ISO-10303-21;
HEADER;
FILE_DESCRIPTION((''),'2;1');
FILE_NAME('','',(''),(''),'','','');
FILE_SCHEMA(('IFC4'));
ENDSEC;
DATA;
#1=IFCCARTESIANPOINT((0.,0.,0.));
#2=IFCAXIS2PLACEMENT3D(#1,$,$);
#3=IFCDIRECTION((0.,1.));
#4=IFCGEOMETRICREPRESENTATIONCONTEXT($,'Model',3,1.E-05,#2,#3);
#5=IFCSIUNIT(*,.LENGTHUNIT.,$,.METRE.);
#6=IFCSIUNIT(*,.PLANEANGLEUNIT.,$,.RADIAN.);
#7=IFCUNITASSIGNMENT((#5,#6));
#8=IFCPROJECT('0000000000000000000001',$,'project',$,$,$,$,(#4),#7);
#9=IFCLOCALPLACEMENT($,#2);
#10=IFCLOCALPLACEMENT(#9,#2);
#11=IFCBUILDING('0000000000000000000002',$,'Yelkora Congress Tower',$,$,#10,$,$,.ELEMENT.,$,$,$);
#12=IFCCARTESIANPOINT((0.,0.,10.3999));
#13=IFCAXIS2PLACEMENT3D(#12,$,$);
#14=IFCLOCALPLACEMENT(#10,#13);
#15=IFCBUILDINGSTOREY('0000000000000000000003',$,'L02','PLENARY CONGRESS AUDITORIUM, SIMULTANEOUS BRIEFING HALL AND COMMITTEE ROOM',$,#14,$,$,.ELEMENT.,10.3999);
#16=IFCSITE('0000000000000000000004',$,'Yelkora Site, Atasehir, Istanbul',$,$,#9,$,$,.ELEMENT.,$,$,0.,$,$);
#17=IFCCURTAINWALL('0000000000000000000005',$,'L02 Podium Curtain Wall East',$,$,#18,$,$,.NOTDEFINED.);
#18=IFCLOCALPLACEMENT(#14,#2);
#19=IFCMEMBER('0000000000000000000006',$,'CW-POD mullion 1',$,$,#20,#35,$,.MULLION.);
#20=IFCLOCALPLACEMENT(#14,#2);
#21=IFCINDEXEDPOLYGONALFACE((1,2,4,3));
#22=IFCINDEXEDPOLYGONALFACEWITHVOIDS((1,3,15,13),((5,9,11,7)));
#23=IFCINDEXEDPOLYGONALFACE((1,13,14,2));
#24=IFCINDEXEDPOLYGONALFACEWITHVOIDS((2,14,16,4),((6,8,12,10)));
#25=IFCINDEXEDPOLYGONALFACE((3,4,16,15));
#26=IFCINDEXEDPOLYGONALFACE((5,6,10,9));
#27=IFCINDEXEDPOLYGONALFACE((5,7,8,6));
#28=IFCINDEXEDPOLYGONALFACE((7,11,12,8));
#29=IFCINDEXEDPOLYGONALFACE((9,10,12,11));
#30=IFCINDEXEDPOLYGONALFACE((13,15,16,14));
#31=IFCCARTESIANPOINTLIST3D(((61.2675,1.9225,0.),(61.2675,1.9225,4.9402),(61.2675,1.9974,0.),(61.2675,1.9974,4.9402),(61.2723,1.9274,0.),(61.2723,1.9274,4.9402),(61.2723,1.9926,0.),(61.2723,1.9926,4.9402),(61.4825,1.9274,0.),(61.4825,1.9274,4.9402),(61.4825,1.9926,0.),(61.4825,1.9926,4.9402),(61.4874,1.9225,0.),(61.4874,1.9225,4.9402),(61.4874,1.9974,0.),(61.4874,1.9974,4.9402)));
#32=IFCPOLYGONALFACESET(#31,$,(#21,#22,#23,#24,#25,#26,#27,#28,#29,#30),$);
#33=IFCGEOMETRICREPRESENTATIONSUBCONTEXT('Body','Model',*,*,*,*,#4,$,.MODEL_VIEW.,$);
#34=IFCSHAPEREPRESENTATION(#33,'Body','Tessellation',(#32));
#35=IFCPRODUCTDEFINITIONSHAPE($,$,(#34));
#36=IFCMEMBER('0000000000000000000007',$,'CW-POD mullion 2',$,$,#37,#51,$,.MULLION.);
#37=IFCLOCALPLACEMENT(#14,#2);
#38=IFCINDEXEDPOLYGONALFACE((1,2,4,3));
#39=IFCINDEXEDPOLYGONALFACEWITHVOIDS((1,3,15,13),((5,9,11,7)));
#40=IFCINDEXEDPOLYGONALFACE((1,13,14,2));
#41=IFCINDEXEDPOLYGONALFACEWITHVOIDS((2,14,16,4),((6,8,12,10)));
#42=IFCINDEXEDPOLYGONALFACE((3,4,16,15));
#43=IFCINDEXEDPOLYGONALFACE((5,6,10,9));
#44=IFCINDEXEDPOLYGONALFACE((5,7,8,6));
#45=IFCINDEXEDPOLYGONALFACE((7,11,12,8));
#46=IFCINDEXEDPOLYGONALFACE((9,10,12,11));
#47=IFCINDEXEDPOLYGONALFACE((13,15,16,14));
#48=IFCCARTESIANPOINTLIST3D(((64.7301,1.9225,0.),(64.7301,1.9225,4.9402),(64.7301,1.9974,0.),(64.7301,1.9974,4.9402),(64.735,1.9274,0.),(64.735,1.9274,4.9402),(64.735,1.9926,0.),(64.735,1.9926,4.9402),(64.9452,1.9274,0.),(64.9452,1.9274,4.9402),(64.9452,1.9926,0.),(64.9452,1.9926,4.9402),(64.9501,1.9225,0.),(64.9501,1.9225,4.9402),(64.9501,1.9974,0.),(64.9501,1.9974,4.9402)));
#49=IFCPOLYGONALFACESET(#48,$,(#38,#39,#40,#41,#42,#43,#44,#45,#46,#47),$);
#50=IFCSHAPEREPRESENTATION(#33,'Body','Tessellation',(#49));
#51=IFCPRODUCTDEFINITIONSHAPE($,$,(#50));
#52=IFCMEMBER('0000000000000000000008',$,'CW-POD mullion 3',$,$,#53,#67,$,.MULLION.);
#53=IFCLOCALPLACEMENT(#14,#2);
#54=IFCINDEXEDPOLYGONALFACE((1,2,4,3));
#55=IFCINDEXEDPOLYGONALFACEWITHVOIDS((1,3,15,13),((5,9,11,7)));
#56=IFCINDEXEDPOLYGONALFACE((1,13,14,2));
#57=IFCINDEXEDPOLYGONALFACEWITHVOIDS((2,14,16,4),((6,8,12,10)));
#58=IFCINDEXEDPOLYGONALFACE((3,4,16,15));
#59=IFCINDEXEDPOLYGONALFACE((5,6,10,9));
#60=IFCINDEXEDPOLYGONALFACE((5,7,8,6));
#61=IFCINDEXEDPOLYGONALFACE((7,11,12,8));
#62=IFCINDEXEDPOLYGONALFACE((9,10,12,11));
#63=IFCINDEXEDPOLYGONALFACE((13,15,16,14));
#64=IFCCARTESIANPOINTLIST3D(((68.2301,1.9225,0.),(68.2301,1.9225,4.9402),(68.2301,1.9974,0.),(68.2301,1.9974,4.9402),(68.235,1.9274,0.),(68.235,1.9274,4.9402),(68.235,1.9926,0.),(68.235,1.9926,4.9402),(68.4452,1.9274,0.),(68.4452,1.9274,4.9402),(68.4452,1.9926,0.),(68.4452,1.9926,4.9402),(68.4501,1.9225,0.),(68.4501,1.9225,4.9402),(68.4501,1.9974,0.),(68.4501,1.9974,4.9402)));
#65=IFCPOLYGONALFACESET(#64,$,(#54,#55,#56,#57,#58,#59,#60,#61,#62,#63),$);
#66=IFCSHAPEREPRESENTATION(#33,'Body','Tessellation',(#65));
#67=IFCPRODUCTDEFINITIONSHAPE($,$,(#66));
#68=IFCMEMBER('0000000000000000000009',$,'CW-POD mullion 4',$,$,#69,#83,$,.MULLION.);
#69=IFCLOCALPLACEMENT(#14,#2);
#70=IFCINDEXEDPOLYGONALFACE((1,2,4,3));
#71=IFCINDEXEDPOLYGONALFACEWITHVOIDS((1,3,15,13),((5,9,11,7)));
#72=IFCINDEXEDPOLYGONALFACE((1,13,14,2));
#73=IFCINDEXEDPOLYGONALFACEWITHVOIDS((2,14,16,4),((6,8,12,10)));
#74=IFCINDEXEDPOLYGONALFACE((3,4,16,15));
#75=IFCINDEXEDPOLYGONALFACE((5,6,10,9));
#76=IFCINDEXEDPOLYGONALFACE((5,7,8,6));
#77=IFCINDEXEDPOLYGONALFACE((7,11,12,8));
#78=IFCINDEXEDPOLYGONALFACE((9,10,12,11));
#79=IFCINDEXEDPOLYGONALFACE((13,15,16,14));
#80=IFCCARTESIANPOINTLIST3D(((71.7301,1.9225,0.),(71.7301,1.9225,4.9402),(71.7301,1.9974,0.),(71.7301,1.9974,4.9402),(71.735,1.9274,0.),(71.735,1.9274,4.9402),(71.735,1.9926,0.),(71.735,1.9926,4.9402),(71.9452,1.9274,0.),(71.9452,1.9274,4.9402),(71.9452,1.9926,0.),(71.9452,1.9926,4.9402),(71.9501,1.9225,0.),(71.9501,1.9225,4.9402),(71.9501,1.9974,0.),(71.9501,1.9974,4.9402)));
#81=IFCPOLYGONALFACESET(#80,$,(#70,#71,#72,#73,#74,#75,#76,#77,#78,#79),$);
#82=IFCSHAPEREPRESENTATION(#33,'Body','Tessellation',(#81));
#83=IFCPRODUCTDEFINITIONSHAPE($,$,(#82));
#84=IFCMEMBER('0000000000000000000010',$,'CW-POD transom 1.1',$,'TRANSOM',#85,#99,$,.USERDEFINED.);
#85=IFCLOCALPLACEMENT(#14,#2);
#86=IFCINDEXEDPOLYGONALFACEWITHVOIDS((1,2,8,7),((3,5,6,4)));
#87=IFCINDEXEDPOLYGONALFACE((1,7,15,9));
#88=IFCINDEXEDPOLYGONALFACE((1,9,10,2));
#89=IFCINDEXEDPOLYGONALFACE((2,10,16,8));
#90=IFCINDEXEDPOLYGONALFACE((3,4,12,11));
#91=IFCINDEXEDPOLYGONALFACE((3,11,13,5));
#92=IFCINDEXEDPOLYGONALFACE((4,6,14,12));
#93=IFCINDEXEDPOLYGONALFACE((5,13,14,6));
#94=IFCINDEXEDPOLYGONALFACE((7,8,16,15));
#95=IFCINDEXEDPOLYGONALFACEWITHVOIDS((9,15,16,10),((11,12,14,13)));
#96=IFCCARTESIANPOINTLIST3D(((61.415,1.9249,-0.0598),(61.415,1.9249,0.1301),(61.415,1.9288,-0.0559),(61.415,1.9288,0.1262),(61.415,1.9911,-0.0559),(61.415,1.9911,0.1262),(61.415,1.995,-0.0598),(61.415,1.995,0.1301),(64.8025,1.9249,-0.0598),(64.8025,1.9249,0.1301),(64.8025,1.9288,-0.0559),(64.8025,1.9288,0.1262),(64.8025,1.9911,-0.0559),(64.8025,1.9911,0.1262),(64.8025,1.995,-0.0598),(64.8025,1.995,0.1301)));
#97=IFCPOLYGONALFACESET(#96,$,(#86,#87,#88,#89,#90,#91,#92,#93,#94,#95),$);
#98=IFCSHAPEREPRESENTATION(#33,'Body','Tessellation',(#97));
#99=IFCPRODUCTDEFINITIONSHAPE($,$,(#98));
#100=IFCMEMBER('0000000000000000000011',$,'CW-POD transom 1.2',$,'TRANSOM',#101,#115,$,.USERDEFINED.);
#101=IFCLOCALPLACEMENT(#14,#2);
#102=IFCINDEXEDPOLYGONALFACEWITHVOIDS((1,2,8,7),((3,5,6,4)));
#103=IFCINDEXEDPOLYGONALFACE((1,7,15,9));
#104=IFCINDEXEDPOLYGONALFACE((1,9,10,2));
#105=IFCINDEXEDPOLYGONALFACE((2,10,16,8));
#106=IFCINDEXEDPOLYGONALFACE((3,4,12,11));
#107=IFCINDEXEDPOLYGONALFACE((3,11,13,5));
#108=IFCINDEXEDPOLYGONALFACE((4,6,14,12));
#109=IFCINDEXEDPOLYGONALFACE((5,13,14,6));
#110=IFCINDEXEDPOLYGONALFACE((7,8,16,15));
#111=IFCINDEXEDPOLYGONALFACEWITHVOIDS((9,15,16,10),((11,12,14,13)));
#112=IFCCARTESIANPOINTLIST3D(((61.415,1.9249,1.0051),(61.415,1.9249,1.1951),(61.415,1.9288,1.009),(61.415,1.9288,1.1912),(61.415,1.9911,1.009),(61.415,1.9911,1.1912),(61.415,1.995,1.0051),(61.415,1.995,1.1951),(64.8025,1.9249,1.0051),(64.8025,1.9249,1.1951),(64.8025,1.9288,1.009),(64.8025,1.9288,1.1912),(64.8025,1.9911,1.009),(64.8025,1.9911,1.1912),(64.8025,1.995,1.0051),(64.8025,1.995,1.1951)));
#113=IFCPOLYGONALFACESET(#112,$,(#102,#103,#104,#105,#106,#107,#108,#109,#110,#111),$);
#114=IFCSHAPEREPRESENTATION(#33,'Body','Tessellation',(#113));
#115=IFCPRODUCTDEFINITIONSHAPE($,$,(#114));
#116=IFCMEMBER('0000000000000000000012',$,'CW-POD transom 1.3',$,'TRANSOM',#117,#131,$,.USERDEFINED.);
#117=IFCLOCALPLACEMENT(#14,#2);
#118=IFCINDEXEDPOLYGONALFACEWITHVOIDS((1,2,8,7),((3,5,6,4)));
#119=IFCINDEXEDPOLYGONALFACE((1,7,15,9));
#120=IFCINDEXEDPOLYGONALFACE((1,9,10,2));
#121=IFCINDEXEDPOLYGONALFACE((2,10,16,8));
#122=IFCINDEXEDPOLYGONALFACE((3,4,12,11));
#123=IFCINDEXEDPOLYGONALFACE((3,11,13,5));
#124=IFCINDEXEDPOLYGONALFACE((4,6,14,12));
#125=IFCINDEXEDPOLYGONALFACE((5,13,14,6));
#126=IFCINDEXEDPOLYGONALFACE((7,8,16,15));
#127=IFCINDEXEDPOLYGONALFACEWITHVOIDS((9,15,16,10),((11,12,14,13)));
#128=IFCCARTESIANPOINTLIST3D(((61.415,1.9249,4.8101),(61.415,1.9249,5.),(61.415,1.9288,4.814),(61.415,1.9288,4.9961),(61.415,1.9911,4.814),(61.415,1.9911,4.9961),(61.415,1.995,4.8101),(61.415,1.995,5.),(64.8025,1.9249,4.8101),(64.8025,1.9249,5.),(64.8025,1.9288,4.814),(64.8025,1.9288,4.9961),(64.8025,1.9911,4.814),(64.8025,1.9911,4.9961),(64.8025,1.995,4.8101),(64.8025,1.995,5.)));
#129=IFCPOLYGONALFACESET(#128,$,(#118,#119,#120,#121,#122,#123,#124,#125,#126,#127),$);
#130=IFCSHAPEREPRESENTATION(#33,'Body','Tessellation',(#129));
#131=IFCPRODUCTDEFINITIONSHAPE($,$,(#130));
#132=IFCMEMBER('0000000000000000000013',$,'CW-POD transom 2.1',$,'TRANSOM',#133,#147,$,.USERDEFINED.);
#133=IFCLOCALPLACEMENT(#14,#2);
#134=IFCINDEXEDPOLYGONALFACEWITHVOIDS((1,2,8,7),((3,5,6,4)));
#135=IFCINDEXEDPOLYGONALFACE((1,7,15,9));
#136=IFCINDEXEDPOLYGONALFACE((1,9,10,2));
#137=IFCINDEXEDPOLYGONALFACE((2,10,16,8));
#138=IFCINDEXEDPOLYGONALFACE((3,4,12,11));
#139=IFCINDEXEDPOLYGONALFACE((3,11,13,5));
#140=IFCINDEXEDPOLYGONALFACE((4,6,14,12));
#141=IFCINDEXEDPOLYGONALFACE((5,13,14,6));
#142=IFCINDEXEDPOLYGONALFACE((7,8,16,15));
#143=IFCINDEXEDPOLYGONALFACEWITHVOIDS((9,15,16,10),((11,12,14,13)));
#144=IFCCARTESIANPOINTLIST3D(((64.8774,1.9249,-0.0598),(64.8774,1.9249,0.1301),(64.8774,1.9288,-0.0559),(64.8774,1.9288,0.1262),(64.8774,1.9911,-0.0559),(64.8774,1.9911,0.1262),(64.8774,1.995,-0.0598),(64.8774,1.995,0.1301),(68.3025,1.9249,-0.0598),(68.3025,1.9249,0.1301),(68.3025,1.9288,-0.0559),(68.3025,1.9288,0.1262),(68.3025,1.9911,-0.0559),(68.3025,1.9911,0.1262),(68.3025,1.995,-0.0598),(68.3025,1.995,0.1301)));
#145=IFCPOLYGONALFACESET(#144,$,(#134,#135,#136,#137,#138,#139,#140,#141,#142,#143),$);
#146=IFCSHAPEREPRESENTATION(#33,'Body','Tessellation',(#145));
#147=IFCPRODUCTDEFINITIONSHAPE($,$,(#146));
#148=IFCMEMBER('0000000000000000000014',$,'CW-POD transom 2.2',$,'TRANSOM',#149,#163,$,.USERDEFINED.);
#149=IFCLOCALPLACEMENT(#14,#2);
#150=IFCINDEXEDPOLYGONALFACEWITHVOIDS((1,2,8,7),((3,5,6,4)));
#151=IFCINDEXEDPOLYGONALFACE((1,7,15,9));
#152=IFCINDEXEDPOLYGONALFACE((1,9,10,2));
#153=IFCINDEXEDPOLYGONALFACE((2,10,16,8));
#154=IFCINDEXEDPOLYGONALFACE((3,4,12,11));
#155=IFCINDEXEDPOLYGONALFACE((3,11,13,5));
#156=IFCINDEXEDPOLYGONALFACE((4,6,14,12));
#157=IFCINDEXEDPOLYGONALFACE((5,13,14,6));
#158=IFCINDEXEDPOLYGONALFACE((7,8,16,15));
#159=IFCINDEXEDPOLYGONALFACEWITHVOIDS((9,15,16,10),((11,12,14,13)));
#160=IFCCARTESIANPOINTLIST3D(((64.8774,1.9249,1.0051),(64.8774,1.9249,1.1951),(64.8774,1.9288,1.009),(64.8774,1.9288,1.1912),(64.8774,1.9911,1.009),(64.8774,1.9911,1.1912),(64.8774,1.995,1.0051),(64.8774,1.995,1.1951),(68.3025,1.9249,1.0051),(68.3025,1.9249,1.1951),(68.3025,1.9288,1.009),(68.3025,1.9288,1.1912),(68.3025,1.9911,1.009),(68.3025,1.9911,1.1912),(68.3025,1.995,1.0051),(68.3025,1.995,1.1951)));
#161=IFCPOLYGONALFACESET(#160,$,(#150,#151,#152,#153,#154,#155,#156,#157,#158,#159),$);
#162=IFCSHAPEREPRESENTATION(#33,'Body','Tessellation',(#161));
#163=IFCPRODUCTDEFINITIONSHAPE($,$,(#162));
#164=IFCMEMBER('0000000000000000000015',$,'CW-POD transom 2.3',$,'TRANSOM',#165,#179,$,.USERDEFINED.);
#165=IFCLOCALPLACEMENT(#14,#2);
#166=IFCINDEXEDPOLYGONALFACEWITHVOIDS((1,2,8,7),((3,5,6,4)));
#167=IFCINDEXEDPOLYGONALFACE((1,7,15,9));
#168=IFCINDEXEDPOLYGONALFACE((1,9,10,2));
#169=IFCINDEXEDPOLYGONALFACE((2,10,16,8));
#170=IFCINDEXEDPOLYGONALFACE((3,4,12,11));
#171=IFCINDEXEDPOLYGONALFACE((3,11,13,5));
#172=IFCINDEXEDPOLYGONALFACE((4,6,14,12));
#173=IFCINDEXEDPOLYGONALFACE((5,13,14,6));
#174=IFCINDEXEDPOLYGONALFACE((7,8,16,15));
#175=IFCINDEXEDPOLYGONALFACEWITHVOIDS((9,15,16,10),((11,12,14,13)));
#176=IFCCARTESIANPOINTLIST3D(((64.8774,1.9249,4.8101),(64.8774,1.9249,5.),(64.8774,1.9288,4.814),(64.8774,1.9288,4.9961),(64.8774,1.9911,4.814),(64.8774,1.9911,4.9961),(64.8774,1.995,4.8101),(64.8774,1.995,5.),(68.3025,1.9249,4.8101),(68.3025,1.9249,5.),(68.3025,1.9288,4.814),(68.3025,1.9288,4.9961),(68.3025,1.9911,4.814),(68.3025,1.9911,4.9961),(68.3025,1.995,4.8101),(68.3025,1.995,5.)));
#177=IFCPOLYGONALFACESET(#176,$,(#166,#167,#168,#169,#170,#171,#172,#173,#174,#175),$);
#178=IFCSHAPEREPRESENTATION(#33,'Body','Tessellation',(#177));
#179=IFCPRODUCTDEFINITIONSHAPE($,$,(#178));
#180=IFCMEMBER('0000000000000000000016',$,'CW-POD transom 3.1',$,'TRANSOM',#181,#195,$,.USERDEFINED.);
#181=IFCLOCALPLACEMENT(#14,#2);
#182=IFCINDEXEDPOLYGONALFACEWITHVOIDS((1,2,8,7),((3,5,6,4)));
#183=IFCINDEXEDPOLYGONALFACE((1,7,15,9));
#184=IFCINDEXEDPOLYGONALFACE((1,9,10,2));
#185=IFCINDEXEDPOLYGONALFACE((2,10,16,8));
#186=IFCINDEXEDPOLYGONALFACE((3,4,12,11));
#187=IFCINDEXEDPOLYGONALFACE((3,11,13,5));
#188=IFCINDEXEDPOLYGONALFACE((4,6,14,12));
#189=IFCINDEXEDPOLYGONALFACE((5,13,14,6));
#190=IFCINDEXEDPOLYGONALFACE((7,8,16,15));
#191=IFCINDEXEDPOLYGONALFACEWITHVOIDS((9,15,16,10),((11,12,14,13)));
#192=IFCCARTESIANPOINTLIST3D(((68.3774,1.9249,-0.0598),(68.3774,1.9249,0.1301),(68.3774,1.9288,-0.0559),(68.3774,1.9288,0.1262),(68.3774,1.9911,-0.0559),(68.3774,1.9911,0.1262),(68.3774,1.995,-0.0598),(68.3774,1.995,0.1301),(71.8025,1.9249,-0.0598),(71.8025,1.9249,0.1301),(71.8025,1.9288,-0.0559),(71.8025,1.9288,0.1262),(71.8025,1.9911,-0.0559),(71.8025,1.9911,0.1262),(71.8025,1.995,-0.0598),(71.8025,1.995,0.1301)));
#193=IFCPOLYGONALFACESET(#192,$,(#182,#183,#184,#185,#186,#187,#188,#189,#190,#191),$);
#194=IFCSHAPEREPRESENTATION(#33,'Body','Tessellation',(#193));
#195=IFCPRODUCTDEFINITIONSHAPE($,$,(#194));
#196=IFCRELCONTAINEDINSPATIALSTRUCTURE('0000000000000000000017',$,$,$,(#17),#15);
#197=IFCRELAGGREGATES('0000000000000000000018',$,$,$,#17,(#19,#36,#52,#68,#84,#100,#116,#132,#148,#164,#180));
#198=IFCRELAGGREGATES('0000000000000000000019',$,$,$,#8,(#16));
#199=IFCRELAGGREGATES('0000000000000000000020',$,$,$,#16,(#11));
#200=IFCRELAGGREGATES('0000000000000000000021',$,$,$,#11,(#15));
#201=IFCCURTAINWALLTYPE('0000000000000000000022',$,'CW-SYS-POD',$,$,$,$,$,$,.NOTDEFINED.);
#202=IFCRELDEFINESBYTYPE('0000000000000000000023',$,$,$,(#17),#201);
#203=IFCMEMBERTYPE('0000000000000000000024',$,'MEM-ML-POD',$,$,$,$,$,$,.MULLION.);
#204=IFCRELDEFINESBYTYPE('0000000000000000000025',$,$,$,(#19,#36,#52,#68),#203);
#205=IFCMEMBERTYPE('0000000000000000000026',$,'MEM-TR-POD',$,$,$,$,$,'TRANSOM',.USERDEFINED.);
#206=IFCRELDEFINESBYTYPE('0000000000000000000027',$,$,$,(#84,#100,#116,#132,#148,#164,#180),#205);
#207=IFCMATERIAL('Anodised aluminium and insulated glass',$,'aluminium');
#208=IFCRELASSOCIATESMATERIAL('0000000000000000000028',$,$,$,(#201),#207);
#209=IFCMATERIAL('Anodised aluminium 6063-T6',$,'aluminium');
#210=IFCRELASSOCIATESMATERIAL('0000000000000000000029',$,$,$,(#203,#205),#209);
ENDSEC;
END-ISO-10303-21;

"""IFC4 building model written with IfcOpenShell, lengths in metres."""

from ifc_helpers import new_model, si_unit, direction, frame, origin, origin_2d, place, context, subcontext, project, spatial, hollow_rectangle, extrude, material, material_profile, profile_set, type_object, element, aggregate, save


model = new_model("IFC4")

# Units and contexts
model_context = context("Model", 3, precision=1e-05, world=origin(), true_north=direction((0.0, 1.0)))
body_context = subcontext(model_context, "Body", "Model", "MODEL_VIEW")
ifc_project = project(units=[si_unit("LENGTHUNIT", "METRE"), si_unit("PLANEANGLEUNIT", "RADIAN")], contexts=[model_context])

# Site, building, storey
site_placement = place(None, origin())
site = spatial("IfcSite", under=ifc_project, at=site_placement, Name="Yelkora Site, Atasehir, Istanbul", CompositionType="ELEMENT", RefElevation=0.0)
building_placement = place(site_placement, origin())
building = spatial("IfcBuilding", under=site, at=building_placement, Name="Yelkora Congress Tower", CompositionType="ELEMENT")
storey_placement = place(building_placement, frame((0.0, 0.0, 10.3999)))
storey = spatial("IfcBuildingStorey", under=building, at=storey_placement, Name="L02", Description="PLENARY CONGRESS AUDITORIUM, SIMULTANEOUS BRIEFING HALL AND COMMITTEE ROOM", CompositionType="ELEMENT", Elevation=10.3999)

# Curtain wall, members
ifc_material_1 = material(Name="Anodised aluminium and insulated glass", Category="aluminium")
curtain_wall_type = type_object("IfcCurtainWallType", Name="CW-SYS-POD", PredefinedType="NOTDEFINED", material=ifc_material_1)
curtain_wall_placement = place(storey_placement, origin())
curtain_wall = element("IfcCurtainWall", 1, at=curtain_wall_placement, inside=storey, type_object=curtain_wall_type, Name="L02 Podium Curtain Wall East", PredefinedType="NOTDEFINED")
ifc_material_2 = material(Name="Anodised aluminium 6063-T6", Category="aluminium")
ifc_material_profile_1 = material_profile(ifc_material_2, hollow_rectangle(XDim=0.075, YDim=0.22, WallThickness=0.0049, at=origin_2d()), Name="ALU 75x220x5")
ifc_profile_set_1 = profile_set([ifc_material_profile_1], Name="Anodised aluminium 6063-T6")
member_type_1 = type_object("IfcMemberType", Name="MEM-ML-POD", PredefinedType="MULLION", material=ifc_profile_set_1)
member_1_placement = place(storey_placement, frame((61.3774, 1.96, 0.0), z_axis=(0.0, 0.0, 1.0), x_axis=(0.0, 1.0, 0.0)))
member_1 = element("IfcMember", 2, at=member_1_placement, type_object=member_type_1, Name="CW-POD mullion 1", PredefinedType="MULLION", context=body_context, shape_type="SweptSolid", body=[
    extrude(hollow_rectangle(XDim=0.075, YDim=0.22, WallThickness=0.0049, at=origin_2d()), origin(), (0.0, 0.0, 1.0), 4.9402),
])
member_2_placement = place(storey_placement, frame((64.8401, 1.96, 0.0), z_axis=(0.0, 0.0, 1.0), x_axis=(0.0, 1.0, 0.0)))
member_2 = element("IfcMember", 3, at=member_2_placement, type_object=member_type_1, Name="CW-POD mullion 2", PredefinedType="MULLION", context=body_context, shape_type="SweptSolid", body=[
    extrude(hollow_rectangle(XDim=0.075, YDim=0.22, WallThickness=0.0049, at=origin_2d()), origin(), (0.0, 0.0, 1.0), 4.9402),
])
member_3_placement = place(storey_placement, frame((68.3401, 1.96, 0.0), z_axis=(0.0, 0.0, 1.0), x_axis=(0.0, 1.0, 0.0)))
member_3 = element("IfcMember", 4, at=member_3_placement, type_object=member_type_1, Name="CW-POD mullion 3", PredefinedType="MULLION", context=body_context, shape_type="SweptSolid", body=[
    extrude(hollow_rectangle(XDim=0.075, YDim=0.22, WallThickness=0.0049, at=origin_2d()), origin(), (0.0, 0.0, 1.0), 4.9402),
])
member_4_placement = place(storey_placement, frame((71.8401, 1.96, 0.0), z_axis=(0.0, 0.0, 1.0), x_axis=(0.0, 1.0, 0.0)))
member_4 = element("IfcMember", 5, at=member_4_placement, type_object=member_type_1, Name="CW-POD mullion 4", PredefinedType="MULLION", context=body_context, shape_type="SweptSolid", body=[
    extrude(hollow_rectangle(XDim=0.075, YDim=0.22, WallThickness=0.0049, at=origin_2d()), origin(), (0.0, 0.0, 1.0), 4.9402),
])
ifc_material_profile_2 = material_profile(ifc_material_2, hollow_rectangle(XDim=0.0701, YDim=0.1899, WallThickness=0.0039, at=origin_2d()), Name="ALU 70x190x4")
ifc_profile_set_2 = profile_set([ifc_material_profile_2], Name="Anodised aluminium 6063-T6")
member_type_2 = type_object("IfcMemberType", Name="MEM-TR-POD", ElementType="TRANSOM", PredefinedType="USERDEFINED", material=ifc_profile_set_2)
member_5_placement = place(storey_placement, frame((61.415, 1.96, 0.0352), z_axis=(1.0, 0.0, 0.0), x_axis=(0.0, 1.0, 0.0)))
member_5 = element("IfcMember", 6, at=member_5_placement, type_object=member_type_2, Name="CW-POD transom 1.1", ObjectType="TRANSOM", PredefinedType="USERDEFINED", context=body_context, shape_type="SweptSolid", body=[
    extrude(hollow_rectangle(XDim=0.0701, YDim=0.1899, WallThickness=0.0039, at=origin_2d()), origin(), (0.0, 0.0, 1.0), 3.3875),
])
member_6_placement = place(storey_placement, frame((61.415, 1.96, 1.1001), z_axis=(1.0, 0.0, 0.0), x_axis=(0.0, 1.0, 0.0)))
member_6 = element("IfcMember", 7, at=member_6_placement, type_object=member_type_2, Name="CW-POD transom 1.2", ObjectType="TRANSOM", PredefinedType="USERDEFINED", context=body_context, shape_type="SweptSolid", body=[
    extrude(hollow_rectangle(XDim=0.0701, YDim=0.1899, WallThickness=0.0039, at=origin_2d()), origin(), (0.0, 0.0, 1.0), 3.3875),
])
member_7_placement = place(storey_placement, frame((61.415, 1.96, 4.905), z_axis=(1.0, 0.0, 0.0), x_axis=(0.0, 1.0, 0.0)))
member_7 = element("IfcMember", 8, at=member_7_placement, type_object=member_type_2, Name="CW-POD transom 1.3", ObjectType="TRANSOM", PredefinedType="USERDEFINED", context=body_context, shape_type="SweptSolid", body=[
    extrude(hollow_rectangle(XDim=0.0701, YDim=0.1899, WallThickness=0.0039, at=origin_2d()), origin(), (0.0, 0.0, 1.0), 3.3875),
])
member_8_placement = place(storey_placement, frame((64.8774, 1.96, 0.0352), z_axis=(1.0, 0.0, 0.0), x_axis=(0.0, 1.0, 0.0)))
member_8 = element("IfcMember", 9, at=member_8_placement, type_object=member_type_2, Name="CW-POD transom 2.1", ObjectType="TRANSOM", PredefinedType="USERDEFINED", context=body_context, shape_type="SweptSolid", body=[
    extrude(hollow_rectangle(XDim=0.0701, YDim=0.1899, WallThickness=0.0039, at=origin_2d()), origin(), (0.0, 0.0, 1.0), 3.425),
])
member_9_placement = place(storey_placement, frame((64.8774, 1.96, 1.1001), z_axis=(1.0, 0.0, 0.0), x_axis=(0.0, 1.0, 0.0)))
member_9 = element("IfcMember", 10, at=member_9_placement, type_object=member_type_2, Name="CW-POD transom 2.2", ObjectType="TRANSOM", PredefinedType="USERDEFINED", context=body_context, shape_type="SweptSolid", body=[
    extrude(hollow_rectangle(XDim=0.0701, YDim=0.1899, WallThickness=0.0039, at=origin_2d()), origin(), (0.0, 0.0, 1.0), 3.425),
])
member_10_placement = place(storey_placement, frame((64.8774, 1.96, 4.905), z_axis=(1.0, 0.0, 0.0), x_axis=(0.0, 1.0, 0.0)))
member_10 = element("IfcMember", 11, at=member_10_placement, type_object=member_type_2, Name="CW-POD transom 2.3", ObjectType="TRANSOM", PredefinedType="USERDEFINED", context=body_context, shape_type="SweptSolid", body=[
    extrude(hollow_rectangle(XDim=0.0701, YDim=0.1899, WallThickness=0.0039, at=origin_2d()), origin(), (0.0, 0.0, 1.0), 3.425),
])
member_11_placement = place(storey_placement, frame((68.3774, 1.96, 0.0352), z_axis=(1.0, 0.0, 0.0), x_axis=(0.0, 1.0, 0.0)))
member_11 = element("IfcMember", 12, at=member_11_placement, type_object=member_type_2, Name="CW-POD transom 3.1", ObjectType="TRANSOM", PredefinedType="USERDEFINED", context=body_context, shape_type="SweptSolid", body=[
    extrude(hollow_rectangle(XDim=0.0701, YDim=0.1899, WallThickness=0.0039, at=origin_2d()), origin(), (0.0, 0.0, 1.0), 3.425),
])
aggregate(curtain_wall, [member_1, member_2, member_3, member_4, member_5, member_6, member_7, member_8, member_9, member_10, member_11])

save(model, "model.ifc")
